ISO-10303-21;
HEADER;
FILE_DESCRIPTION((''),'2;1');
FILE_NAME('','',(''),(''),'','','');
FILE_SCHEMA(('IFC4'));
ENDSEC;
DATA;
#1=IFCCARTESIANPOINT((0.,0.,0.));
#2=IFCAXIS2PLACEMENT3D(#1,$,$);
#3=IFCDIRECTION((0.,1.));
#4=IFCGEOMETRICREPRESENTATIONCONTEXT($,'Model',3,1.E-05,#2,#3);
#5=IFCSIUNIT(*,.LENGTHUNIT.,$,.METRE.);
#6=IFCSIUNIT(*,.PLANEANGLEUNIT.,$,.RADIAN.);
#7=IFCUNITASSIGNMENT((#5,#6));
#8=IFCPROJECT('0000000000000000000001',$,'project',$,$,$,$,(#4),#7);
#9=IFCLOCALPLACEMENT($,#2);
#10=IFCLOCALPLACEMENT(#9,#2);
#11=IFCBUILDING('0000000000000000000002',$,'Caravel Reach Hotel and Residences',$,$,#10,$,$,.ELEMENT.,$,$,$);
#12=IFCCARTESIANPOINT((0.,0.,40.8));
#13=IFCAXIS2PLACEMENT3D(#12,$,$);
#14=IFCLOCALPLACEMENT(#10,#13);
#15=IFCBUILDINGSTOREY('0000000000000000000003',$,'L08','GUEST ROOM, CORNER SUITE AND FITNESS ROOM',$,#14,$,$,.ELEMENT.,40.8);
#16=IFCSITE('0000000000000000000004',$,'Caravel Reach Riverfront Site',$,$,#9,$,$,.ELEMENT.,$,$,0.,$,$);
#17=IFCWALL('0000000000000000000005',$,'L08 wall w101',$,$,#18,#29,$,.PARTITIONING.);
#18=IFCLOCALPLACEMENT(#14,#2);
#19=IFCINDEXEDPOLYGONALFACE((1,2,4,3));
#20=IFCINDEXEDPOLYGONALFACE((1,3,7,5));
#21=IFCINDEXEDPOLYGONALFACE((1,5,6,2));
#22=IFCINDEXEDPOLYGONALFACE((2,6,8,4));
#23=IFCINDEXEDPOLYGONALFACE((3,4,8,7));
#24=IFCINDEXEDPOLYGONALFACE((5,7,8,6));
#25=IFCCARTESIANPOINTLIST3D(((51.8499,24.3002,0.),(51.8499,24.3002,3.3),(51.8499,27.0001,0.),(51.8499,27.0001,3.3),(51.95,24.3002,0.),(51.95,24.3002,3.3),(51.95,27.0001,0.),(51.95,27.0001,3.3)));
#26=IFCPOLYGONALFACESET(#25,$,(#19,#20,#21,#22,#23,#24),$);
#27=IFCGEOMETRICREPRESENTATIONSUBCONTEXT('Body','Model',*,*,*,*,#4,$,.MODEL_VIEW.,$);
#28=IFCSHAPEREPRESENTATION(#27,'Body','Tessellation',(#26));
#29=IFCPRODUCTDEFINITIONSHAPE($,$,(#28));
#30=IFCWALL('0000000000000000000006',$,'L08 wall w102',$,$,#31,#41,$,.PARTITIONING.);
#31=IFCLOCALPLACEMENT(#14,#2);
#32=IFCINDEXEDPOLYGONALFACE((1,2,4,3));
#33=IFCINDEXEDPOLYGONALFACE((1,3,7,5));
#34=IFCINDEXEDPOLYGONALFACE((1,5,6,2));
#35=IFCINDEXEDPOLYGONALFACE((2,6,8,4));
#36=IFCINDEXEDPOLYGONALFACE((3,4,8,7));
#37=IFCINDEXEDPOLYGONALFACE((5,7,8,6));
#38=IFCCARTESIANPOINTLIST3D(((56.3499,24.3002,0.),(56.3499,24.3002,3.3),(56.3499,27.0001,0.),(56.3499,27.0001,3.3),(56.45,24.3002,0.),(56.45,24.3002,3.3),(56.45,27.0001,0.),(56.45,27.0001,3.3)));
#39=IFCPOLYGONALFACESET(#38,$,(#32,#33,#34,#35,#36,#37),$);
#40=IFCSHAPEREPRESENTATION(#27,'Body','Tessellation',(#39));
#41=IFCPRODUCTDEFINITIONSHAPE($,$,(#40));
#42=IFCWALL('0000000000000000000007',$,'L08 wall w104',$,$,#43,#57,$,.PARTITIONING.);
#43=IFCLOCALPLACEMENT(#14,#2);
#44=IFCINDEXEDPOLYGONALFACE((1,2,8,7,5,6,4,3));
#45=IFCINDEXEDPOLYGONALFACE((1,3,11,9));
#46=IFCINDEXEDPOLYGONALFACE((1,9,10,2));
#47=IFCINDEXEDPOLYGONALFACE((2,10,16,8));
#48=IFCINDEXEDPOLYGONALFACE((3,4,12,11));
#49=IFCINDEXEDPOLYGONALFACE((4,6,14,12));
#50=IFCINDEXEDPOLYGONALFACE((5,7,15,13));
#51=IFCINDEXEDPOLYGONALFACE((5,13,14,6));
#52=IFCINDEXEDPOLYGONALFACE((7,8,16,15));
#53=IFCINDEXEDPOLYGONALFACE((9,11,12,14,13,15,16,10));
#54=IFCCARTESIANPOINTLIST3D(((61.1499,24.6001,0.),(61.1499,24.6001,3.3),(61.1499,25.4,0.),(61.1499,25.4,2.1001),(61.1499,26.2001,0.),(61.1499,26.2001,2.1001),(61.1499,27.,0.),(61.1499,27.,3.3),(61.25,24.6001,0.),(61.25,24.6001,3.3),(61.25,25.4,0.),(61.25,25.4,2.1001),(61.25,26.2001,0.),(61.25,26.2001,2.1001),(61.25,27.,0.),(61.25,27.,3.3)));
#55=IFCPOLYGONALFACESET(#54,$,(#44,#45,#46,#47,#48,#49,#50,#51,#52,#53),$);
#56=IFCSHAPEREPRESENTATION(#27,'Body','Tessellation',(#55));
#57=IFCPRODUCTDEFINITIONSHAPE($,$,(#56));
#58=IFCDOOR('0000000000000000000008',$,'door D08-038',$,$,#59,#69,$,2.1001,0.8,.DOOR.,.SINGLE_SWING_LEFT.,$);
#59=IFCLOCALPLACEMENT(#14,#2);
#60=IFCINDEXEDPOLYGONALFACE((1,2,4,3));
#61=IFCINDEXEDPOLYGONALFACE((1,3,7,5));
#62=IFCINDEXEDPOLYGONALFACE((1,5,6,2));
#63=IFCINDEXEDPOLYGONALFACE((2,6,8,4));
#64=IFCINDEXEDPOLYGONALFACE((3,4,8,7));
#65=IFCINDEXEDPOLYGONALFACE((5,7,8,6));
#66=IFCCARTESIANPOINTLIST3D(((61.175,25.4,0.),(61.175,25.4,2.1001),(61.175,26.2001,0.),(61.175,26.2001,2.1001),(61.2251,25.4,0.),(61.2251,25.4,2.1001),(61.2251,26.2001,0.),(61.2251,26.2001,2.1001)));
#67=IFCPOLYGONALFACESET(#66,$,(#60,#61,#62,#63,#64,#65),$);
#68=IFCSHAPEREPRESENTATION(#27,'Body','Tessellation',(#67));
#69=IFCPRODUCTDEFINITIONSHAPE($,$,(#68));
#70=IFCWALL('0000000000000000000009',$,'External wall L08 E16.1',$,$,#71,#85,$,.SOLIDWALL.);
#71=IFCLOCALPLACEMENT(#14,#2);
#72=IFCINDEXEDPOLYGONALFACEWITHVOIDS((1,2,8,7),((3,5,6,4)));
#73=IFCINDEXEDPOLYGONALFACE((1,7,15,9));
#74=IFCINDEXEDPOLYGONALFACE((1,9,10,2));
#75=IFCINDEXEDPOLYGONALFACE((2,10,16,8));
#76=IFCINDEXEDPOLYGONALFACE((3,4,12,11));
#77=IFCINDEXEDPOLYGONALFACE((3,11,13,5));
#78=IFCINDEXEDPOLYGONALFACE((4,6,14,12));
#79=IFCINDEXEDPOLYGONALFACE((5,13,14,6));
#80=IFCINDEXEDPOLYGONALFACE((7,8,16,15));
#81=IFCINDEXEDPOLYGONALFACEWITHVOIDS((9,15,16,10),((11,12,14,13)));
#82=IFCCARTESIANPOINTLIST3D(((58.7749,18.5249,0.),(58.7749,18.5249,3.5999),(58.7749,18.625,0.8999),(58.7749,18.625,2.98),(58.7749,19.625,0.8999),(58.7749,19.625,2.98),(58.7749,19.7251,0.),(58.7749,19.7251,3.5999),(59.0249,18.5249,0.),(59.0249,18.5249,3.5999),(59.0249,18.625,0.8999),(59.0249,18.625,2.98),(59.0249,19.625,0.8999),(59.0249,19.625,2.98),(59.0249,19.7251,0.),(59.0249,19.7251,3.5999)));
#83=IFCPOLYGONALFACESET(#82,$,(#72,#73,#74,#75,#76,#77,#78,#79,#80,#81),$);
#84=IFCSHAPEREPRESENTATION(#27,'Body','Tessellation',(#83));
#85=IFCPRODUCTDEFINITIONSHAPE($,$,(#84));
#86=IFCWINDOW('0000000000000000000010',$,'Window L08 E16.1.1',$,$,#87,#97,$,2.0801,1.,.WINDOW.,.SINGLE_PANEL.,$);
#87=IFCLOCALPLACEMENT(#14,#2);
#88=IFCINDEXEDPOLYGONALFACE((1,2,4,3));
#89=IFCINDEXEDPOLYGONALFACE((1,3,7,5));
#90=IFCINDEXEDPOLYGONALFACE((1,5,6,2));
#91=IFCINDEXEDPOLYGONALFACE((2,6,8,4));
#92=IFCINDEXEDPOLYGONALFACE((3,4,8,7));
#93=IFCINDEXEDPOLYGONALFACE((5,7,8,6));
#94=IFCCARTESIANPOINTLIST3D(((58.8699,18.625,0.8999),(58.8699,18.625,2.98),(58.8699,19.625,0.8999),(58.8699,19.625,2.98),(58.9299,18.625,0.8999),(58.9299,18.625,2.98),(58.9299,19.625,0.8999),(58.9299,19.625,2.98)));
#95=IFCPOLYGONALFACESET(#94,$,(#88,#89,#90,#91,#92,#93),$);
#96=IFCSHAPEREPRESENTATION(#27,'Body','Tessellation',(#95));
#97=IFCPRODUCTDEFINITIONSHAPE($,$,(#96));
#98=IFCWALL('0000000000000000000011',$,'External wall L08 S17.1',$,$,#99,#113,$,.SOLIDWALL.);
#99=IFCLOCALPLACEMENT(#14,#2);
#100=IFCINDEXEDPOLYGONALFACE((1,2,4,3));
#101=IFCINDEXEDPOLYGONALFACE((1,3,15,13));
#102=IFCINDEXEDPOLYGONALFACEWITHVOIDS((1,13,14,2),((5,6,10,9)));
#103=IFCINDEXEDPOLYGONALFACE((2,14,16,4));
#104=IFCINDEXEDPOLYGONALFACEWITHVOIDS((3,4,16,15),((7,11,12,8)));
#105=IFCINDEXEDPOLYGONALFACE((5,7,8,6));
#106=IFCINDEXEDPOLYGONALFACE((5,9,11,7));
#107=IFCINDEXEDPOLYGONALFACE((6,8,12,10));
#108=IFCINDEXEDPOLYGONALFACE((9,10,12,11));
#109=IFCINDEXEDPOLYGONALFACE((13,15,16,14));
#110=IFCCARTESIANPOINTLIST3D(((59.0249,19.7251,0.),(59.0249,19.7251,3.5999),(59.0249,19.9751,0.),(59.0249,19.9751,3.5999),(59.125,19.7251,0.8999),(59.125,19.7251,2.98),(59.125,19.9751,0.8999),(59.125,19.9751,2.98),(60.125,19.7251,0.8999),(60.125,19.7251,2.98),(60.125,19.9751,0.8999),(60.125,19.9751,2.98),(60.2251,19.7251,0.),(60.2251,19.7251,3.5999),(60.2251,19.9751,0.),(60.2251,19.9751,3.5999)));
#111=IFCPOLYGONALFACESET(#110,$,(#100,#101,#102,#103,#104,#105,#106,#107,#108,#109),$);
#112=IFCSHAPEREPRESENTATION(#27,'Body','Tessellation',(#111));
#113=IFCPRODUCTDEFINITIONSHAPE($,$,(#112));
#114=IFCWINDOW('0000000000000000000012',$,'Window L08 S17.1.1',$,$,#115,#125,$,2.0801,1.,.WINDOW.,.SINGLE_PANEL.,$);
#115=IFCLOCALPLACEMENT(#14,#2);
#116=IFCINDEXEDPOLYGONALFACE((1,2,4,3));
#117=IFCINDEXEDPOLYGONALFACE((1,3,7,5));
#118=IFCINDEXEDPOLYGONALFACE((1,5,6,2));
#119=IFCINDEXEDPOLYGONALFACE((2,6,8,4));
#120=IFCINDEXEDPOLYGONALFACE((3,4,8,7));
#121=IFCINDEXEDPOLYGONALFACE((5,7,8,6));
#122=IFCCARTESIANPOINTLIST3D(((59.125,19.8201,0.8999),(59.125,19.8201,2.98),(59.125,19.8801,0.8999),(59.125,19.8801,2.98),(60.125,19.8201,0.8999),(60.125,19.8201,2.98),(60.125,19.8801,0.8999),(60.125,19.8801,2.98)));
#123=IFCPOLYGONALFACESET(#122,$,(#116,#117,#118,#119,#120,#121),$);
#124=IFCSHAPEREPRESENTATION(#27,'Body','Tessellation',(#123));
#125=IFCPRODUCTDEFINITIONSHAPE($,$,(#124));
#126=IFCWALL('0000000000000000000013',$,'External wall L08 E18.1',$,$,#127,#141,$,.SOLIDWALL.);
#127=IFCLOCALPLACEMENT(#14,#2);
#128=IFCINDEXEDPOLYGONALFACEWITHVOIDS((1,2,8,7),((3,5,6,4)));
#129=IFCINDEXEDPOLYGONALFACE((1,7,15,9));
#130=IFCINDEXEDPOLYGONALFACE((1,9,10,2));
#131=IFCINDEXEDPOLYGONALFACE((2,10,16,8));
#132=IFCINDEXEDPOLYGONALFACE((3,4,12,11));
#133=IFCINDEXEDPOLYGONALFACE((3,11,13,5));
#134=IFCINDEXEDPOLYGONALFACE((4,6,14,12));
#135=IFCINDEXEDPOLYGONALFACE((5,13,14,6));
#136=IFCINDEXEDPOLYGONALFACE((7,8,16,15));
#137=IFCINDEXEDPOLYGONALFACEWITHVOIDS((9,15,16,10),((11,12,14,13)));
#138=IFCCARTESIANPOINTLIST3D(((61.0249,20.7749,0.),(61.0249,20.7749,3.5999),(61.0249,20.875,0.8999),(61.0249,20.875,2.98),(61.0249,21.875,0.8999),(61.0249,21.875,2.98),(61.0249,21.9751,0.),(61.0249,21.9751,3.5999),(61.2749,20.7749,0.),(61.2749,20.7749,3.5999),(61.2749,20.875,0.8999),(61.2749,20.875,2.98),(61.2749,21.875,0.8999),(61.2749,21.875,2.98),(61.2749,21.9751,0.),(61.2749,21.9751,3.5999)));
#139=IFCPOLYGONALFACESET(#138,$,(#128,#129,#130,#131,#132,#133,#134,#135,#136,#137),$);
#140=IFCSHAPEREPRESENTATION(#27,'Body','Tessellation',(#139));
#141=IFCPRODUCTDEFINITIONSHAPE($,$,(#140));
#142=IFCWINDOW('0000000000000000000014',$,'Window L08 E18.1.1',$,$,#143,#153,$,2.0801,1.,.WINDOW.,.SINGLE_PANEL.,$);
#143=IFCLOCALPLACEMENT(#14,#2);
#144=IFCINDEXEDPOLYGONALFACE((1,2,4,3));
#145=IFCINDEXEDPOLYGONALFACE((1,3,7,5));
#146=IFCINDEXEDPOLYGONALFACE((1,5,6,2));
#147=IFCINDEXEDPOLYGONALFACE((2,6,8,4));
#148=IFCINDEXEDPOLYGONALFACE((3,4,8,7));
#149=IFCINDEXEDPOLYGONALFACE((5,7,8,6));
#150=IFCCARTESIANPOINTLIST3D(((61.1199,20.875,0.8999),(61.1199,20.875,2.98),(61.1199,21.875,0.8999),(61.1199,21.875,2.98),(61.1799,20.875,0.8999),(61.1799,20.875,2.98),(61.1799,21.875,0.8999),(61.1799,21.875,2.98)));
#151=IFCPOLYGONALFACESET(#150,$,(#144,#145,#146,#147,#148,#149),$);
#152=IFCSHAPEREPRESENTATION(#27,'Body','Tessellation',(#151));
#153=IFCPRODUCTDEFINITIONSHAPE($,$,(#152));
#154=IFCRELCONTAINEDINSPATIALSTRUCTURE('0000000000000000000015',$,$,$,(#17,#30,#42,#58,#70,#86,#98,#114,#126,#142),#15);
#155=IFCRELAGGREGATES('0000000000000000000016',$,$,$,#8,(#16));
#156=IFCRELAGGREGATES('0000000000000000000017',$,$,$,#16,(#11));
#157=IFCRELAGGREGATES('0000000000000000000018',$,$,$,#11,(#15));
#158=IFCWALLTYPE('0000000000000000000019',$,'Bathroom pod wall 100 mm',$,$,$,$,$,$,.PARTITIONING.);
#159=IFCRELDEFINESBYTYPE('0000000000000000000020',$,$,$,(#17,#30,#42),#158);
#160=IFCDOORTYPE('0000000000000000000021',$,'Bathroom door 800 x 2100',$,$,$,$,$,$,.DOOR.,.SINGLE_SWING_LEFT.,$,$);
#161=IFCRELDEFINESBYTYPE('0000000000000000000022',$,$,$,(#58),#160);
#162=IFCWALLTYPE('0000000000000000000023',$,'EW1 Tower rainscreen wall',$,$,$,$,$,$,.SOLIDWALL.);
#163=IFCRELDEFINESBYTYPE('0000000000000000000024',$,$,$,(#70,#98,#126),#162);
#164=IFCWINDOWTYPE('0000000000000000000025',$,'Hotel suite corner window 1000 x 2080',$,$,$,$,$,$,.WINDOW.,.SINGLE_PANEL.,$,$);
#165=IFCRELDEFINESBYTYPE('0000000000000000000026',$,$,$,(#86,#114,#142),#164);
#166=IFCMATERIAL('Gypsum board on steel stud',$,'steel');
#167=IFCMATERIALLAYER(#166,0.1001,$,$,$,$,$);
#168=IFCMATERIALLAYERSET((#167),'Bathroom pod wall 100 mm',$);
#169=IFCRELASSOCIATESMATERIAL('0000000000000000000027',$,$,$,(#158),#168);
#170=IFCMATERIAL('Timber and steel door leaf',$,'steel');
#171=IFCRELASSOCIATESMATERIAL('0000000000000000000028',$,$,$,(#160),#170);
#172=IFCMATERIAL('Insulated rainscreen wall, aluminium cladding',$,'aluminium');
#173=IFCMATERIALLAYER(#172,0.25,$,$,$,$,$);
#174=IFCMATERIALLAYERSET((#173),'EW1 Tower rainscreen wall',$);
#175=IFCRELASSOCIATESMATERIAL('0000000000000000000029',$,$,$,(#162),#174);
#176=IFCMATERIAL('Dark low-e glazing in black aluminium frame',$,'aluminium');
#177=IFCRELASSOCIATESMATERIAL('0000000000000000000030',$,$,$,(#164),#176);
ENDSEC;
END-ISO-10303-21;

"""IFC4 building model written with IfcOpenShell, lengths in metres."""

from ifc_helpers import new_model, si_unit, direction, frame, frame_2d, origin, place, context, subcontext, project, spatial, rectangle, extrude, material, layer, layer_set, type_object, element, fill, save


model = new_model("IFC4")

# Units and contexts
model_context = context("Model", 3, precision=1e-05, world=origin(), true_north=direction((0.0, 1.0)))
body_context = subcontext(model_context, "Body", "Model", "MODEL_VIEW")
ifc_project = project(units=[si_unit("LENGTHUNIT", "METRE"), si_unit("PLANEANGLEUNIT", "RADIAN")], contexts=[model_context])

# Site, building, storey
site_placement = place(None, origin())
site = spatial("IfcSite", under=ifc_project, at=site_placement, Name="Caravel Reach Riverfront Site", CompositionType="ELEMENT", RefElevation=0.0)
building_placement = place(site_placement, origin())
building = spatial("IfcBuilding", under=site, at=building_placement, Name="Caravel Reach Hotel and Residences", CompositionType="ELEMENT")
storey_placement = place(building_placement, frame((0.0, 0.0, 40.8)))
storey = spatial("IfcBuildingStorey", under=building, at=storey_placement, Name="L08", Description="GUEST ROOM, CORNER SUITE AND FITNESS ROOM", CompositionType="ELEMENT", Elevation=40.8)

# Shared definitions
ifc_material_1 = material(Name="Gypsum board on steel stud", Category="steel")
ifc_layer_1 = layer(ifc_material_1, 0.1001)
ifc_layer_set_1 = layer_set([ifc_layer_1], Name="Bathroom pod wall 100 mm")
wall_type_1 = type_object("IfcWallType", Name="Bathroom pod wall 100 mm", PredefinedType="PARTITIONING", material=ifc_layer_set_1)
ifc_material_2 = material(Name="Timber and steel door leaf", Category="steel")
door_type = type_object("IfcDoorType", Name="Bathroom door 800 x 2100", OperationType="SINGLE_SWING_LEFT", PredefinedType="DOOR", material=ifc_material_2)

# Walls
for number, where, z_axis, x_axis, name in (
    (1, (51.8999, 24.3, 0.0), (0.0, 0.0, 1.0), (0.0, 1.0, 0.0), "L08 wall w101"),
    (2, (56.3999, 24.3, 0.0), (0.0, 0.0, 1.0), (0.0, 1.0, 0.0), "L08 wall w102"),
):
    element("IfcWall", number, at=place(storey_placement, frame(where, z_axis=z_axis, x_axis=x_axis)), inside=storey, type_object=wall_type_1, Name=name, PredefinedType="PARTITIONING", context=body_context, shape_type="SweptSolid", body=[
        extrude(rectangle(XDim=2.7, YDim=0.1001, at=frame_2d((1.3501, 0.0))), origin(), (0.0, 0.0, 1.0), 3.3),
    ])

# Wall, opening, door
wall_1_placement = place(storey_placement, frame((61.2, 24.6001, 0.0), z_axis=(0.0, 0.0, 1.0), x_axis=(0.0, 1.0, 0.0)))
wall_1 = element("IfcWall", 3, at=wall_1_placement, inside=storey, type_object=wall_type_1, Name="L08 wall w104", PredefinedType="PARTITIONING", context=body_context, shape_type="SweptSolid", body=[
    extrude(rectangle(XDim=2.3999, YDim=0.1001, at=frame_2d((1.2, 0.0))), origin(), (0.0, 0.0, 1.0), 3.3),
])
opening_1_placement = place(wall_1_placement, frame((0.8, 0.0, 0.0)))
opening_1 = element("IfcOpeningElement", 4, at=opening_1_placement, cuts=wall_1, PredefinedType="OPENING", context=body_context, shape_type="SweptSolid", body=[
    extrude(rectangle(XDim=0.8, YDim=2.1001, at=frame_2d((0.3999, 1.05))), frame((0.0, 0.0601, 0.0), z_axis=(0.0, -1.0, 0.0), x_axis=(1.0, 0.0, 0.0)), (0.0, 0.0, 1.0), 0.1201),
])
door_1_placement = place(opening_1_placement, origin())
door_1 = element("IfcDoor", 5, at=door_1_placement, inside=storey, type_object=door_type, Name="door D08-038", OperationType="SINGLE_SWING_LEFT", OverallHeight=2.1001, OverallWidth=0.8, PredefinedType="DOOR", context=body_context, shape_type="SweptSolid", body=[
    extrude(rectangle(XDim=0.8, YDim=2.1001, at=frame_2d((0.3999, 1.05))), frame((0.0, 0.0249, 0.0), z_axis=(0.0, -1.0, 0.0), x_axis=(1.0, 0.0, 0.0)), (0.0, 0.0, 1.0), 0.05),
])
fill(opening_1, door_1)

# Walls, openings, windows
ifc_material_3 = material(Name="Insulated rainscreen wall, aluminium cladding", Category="aluminium")
ifc_layer_2 = layer(ifc_material_3, 0.25)
ifc_layer_set_2 = layer_set([ifc_layer_2], Name="EW1 Tower rainscreen wall")
wall_type_2 = type_object("IfcWallType", Name="EW1 Tower rainscreen wall", PredefinedType="SOLIDWALL", material=ifc_layer_set_2)
wall_2_placement = place(storey_placement, frame((58.8999, 18.5249, 0.0), z_axis=(0.0, 0.0, 1.0), x_axis=(0.0, 1.0, 0.0)))
wall_2 = element("IfcWall", 6, at=wall_2_placement, inside=storey, type_object=wall_type_2, Name="External wall L08 E16.1", PredefinedType="SOLIDWALL", context=body_context, shape_type="SweptSolid", body=[
    extrude(rectangle(XDim=1.2002, YDim=0.25, at=frame_2d((0.6001, 0.0))), origin(), (0.0, 0.0, 1.0), 3.5999),
])
opening_2_placement = place(wall_2_placement, frame((0.1001, 0.0, 0.8999)))
opening_2 = element("IfcOpeningElement", 7, at=opening_2_placement, cuts=wall_2, PredefinedType="OPENING", context=body_context, shape_type="SweptSolid", body=[
    extrude(rectangle(XDim=1.0, YDim=2.0801, at=frame_2d((0.5, 1.04))), frame((0.0, 0.135, 0.0), z_axis=(0.0, -1.0, 0.0), x_axis=(1.0, 0.0, 0.0)), (0.0, 0.0, 1.0), 0.27),
])
ifc_material_4 = material(Name="Dark low-e glazing in black aluminium frame", Category="aluminium")
window_type_1 = type_object("IfcWindowType", Name="Hotel suite corner window 1000 x 2080", PartitioningType="SINGLE_PANEL", PredefinedType="WINDOW", material=ifc_material_4)
window_1_placement = place(opening_2_placement, origin())
window_1 = element("IfcWindow", 8, at=window_1_placement, inside=storey, type_object=window_type_1, Name="Window L08 E16.1.1", OverallHeight=2.0801, OverallWidth=1.0, PartitioningType="SINGLE_PANEL", PredefinedType="WINDOW", context=body_context, shape_type="SweptSolid", body=[
    extrude(rectangle(XDim=1.0, YDim=2.0801, at=frame_2d((0.5, 1.04))), frame((0.0, 0.03, 0.0), z_axis=(0.0, -1.0, 0.0), x_axis=(1.0, 0.0, 0.0)), (0.0, 0.0, 1.0), 0.0601),
])
fill(opening_2, window_1)
wall_3_placement = place(storey_placement, frame((59.0249, 19.8501, 0.0), z_axis=(0.0, 0.0, 1.0), x_axis=(1.0, 0.0, 0.0)))
wall_3 = element("IfcWall", 9, at=wall_3_placement, inside=storey, type_object=wall_type_2, Name="External wall L08 S17.1", PredefinedType="SOLIDWALL", context=body_context, shape_type="SweptSolid", body=[
    extrude(rectangle(XDim=1.2002, YDim=0.25, at=frame_2d((0.6001, 0.0))), origin(), (0.0, 0.0, 1.0), 3.5999),
])
opening_3_placement = place(wall_3_placement, frame((0.1001, 0.0, 0.8999)))
opening_3 = element("IfcOpeningElement", 10, at=opening_3_placement, cuts=wall_3, PredefinedType="OPENING", context=body_context, shape_type="SweptSolid", body=[
    extrude(rectangle(XDim=1.0, YDim=2.0801, at=frame_2d((0.5, 1.04))), frame((0.0, 0.135, 0.0), z_axis=(0.0, -1.0, 0.0), x_axis=(1.0, 0.0, 0.0)), (0.0, 0.0, 1.0), 0.27),
])
window_2_placement = place(opening_3_placement, origin())
window_2 = element("IfcWindow", 11, at=window_2_placement, inside=storey, type_object=window_type_1, Name="Window L08 S17.1.1", OverallHeight=2.0801, OverallWidth=1.0, PartitioningType="SINGLE_PANEL", PredefinedType="WINDOW", context=body_context, shape_type="SweptSolid", body=[
    extrude(rectangle(XDim=1.0, YDim=2.0801, at=frame_2d((0.5, 1.04))), frame((0.0, 0.03, 0.0), z_axis=(0.0, -1.0, 0.0), x_axis=(1.0, 0.0, 0.0)), (0.0, 0.0, 1.0), 0.0601),
])
fill(opening_3, window_2)
wall_4_placement = place(storey_placement, frame((61.1499, 20.7749, 0.0), z_axis=(0.0, 0.0, 1.0), x_axis=(0.0, 1.0, 0.0)))
wall_4 = element("IfcWall", 12, at=wall_4_placement, inside=storey, type_object=wall_type_2, Name="External wall L08 E18.1", PredefinedType="SOLIDWALL", context=body_context, shape_type="SweptSolid", body=[
    extrude(rectangle(XDim=1.2002, YDim=0.25, at=frame_2d((0.6001, 0.0))), origin(), (0.0, 0.0, 1.0), 3.5999),
])
opening_4_placement = place(wall_4_placement, frame((0.1001, 0.0, 0.8999)))
opening_4 = element("IfcOpeningElement", 13, at=opening_4_placement, cuts=wall_4, PredefinedType="OPENING", context=body_context, shape_type="SweptSolid", body=[
    extrude(rectangle(XDim=1.0, YDim=2.0801, at=frame_2d((0.5, 1.04))), frame((0.0, 0.135, 0.0), z_axis=(0.0, -1.0, 0.0), x_axis=(1.0, 0.0, 0.0)), (0.0, 0.0, 1.0), 0.27),
])
window_3_placement = place(opening_4_placement, origin())
window_3 = element("IfcWindow", 14, at=window_3_placement, inside=storey, type_object=window_type_1, Name="Window L08 E18.1.1", OverallHeight=2.0801, OverallWidth=1.0, PartitioningType="SINGLE_PANEL", PredefinedType="WINDOW", context=body_context, shape_type="SweptSolid", body=[
    extrude(rectangle(XDim=1.0, YDim=2.0801, at=frame_2d((0.5, 1.04))), frame((0.0, 0.03, 0.0), z_axis=(0.0, -1.0, 0.0), x_axis=(1.0, 0.0, 0.0)), (0.0, 0.0, 1.0), 0.0601),
])
fill(opening_4, window_3)

save(model, "model.ifc")
